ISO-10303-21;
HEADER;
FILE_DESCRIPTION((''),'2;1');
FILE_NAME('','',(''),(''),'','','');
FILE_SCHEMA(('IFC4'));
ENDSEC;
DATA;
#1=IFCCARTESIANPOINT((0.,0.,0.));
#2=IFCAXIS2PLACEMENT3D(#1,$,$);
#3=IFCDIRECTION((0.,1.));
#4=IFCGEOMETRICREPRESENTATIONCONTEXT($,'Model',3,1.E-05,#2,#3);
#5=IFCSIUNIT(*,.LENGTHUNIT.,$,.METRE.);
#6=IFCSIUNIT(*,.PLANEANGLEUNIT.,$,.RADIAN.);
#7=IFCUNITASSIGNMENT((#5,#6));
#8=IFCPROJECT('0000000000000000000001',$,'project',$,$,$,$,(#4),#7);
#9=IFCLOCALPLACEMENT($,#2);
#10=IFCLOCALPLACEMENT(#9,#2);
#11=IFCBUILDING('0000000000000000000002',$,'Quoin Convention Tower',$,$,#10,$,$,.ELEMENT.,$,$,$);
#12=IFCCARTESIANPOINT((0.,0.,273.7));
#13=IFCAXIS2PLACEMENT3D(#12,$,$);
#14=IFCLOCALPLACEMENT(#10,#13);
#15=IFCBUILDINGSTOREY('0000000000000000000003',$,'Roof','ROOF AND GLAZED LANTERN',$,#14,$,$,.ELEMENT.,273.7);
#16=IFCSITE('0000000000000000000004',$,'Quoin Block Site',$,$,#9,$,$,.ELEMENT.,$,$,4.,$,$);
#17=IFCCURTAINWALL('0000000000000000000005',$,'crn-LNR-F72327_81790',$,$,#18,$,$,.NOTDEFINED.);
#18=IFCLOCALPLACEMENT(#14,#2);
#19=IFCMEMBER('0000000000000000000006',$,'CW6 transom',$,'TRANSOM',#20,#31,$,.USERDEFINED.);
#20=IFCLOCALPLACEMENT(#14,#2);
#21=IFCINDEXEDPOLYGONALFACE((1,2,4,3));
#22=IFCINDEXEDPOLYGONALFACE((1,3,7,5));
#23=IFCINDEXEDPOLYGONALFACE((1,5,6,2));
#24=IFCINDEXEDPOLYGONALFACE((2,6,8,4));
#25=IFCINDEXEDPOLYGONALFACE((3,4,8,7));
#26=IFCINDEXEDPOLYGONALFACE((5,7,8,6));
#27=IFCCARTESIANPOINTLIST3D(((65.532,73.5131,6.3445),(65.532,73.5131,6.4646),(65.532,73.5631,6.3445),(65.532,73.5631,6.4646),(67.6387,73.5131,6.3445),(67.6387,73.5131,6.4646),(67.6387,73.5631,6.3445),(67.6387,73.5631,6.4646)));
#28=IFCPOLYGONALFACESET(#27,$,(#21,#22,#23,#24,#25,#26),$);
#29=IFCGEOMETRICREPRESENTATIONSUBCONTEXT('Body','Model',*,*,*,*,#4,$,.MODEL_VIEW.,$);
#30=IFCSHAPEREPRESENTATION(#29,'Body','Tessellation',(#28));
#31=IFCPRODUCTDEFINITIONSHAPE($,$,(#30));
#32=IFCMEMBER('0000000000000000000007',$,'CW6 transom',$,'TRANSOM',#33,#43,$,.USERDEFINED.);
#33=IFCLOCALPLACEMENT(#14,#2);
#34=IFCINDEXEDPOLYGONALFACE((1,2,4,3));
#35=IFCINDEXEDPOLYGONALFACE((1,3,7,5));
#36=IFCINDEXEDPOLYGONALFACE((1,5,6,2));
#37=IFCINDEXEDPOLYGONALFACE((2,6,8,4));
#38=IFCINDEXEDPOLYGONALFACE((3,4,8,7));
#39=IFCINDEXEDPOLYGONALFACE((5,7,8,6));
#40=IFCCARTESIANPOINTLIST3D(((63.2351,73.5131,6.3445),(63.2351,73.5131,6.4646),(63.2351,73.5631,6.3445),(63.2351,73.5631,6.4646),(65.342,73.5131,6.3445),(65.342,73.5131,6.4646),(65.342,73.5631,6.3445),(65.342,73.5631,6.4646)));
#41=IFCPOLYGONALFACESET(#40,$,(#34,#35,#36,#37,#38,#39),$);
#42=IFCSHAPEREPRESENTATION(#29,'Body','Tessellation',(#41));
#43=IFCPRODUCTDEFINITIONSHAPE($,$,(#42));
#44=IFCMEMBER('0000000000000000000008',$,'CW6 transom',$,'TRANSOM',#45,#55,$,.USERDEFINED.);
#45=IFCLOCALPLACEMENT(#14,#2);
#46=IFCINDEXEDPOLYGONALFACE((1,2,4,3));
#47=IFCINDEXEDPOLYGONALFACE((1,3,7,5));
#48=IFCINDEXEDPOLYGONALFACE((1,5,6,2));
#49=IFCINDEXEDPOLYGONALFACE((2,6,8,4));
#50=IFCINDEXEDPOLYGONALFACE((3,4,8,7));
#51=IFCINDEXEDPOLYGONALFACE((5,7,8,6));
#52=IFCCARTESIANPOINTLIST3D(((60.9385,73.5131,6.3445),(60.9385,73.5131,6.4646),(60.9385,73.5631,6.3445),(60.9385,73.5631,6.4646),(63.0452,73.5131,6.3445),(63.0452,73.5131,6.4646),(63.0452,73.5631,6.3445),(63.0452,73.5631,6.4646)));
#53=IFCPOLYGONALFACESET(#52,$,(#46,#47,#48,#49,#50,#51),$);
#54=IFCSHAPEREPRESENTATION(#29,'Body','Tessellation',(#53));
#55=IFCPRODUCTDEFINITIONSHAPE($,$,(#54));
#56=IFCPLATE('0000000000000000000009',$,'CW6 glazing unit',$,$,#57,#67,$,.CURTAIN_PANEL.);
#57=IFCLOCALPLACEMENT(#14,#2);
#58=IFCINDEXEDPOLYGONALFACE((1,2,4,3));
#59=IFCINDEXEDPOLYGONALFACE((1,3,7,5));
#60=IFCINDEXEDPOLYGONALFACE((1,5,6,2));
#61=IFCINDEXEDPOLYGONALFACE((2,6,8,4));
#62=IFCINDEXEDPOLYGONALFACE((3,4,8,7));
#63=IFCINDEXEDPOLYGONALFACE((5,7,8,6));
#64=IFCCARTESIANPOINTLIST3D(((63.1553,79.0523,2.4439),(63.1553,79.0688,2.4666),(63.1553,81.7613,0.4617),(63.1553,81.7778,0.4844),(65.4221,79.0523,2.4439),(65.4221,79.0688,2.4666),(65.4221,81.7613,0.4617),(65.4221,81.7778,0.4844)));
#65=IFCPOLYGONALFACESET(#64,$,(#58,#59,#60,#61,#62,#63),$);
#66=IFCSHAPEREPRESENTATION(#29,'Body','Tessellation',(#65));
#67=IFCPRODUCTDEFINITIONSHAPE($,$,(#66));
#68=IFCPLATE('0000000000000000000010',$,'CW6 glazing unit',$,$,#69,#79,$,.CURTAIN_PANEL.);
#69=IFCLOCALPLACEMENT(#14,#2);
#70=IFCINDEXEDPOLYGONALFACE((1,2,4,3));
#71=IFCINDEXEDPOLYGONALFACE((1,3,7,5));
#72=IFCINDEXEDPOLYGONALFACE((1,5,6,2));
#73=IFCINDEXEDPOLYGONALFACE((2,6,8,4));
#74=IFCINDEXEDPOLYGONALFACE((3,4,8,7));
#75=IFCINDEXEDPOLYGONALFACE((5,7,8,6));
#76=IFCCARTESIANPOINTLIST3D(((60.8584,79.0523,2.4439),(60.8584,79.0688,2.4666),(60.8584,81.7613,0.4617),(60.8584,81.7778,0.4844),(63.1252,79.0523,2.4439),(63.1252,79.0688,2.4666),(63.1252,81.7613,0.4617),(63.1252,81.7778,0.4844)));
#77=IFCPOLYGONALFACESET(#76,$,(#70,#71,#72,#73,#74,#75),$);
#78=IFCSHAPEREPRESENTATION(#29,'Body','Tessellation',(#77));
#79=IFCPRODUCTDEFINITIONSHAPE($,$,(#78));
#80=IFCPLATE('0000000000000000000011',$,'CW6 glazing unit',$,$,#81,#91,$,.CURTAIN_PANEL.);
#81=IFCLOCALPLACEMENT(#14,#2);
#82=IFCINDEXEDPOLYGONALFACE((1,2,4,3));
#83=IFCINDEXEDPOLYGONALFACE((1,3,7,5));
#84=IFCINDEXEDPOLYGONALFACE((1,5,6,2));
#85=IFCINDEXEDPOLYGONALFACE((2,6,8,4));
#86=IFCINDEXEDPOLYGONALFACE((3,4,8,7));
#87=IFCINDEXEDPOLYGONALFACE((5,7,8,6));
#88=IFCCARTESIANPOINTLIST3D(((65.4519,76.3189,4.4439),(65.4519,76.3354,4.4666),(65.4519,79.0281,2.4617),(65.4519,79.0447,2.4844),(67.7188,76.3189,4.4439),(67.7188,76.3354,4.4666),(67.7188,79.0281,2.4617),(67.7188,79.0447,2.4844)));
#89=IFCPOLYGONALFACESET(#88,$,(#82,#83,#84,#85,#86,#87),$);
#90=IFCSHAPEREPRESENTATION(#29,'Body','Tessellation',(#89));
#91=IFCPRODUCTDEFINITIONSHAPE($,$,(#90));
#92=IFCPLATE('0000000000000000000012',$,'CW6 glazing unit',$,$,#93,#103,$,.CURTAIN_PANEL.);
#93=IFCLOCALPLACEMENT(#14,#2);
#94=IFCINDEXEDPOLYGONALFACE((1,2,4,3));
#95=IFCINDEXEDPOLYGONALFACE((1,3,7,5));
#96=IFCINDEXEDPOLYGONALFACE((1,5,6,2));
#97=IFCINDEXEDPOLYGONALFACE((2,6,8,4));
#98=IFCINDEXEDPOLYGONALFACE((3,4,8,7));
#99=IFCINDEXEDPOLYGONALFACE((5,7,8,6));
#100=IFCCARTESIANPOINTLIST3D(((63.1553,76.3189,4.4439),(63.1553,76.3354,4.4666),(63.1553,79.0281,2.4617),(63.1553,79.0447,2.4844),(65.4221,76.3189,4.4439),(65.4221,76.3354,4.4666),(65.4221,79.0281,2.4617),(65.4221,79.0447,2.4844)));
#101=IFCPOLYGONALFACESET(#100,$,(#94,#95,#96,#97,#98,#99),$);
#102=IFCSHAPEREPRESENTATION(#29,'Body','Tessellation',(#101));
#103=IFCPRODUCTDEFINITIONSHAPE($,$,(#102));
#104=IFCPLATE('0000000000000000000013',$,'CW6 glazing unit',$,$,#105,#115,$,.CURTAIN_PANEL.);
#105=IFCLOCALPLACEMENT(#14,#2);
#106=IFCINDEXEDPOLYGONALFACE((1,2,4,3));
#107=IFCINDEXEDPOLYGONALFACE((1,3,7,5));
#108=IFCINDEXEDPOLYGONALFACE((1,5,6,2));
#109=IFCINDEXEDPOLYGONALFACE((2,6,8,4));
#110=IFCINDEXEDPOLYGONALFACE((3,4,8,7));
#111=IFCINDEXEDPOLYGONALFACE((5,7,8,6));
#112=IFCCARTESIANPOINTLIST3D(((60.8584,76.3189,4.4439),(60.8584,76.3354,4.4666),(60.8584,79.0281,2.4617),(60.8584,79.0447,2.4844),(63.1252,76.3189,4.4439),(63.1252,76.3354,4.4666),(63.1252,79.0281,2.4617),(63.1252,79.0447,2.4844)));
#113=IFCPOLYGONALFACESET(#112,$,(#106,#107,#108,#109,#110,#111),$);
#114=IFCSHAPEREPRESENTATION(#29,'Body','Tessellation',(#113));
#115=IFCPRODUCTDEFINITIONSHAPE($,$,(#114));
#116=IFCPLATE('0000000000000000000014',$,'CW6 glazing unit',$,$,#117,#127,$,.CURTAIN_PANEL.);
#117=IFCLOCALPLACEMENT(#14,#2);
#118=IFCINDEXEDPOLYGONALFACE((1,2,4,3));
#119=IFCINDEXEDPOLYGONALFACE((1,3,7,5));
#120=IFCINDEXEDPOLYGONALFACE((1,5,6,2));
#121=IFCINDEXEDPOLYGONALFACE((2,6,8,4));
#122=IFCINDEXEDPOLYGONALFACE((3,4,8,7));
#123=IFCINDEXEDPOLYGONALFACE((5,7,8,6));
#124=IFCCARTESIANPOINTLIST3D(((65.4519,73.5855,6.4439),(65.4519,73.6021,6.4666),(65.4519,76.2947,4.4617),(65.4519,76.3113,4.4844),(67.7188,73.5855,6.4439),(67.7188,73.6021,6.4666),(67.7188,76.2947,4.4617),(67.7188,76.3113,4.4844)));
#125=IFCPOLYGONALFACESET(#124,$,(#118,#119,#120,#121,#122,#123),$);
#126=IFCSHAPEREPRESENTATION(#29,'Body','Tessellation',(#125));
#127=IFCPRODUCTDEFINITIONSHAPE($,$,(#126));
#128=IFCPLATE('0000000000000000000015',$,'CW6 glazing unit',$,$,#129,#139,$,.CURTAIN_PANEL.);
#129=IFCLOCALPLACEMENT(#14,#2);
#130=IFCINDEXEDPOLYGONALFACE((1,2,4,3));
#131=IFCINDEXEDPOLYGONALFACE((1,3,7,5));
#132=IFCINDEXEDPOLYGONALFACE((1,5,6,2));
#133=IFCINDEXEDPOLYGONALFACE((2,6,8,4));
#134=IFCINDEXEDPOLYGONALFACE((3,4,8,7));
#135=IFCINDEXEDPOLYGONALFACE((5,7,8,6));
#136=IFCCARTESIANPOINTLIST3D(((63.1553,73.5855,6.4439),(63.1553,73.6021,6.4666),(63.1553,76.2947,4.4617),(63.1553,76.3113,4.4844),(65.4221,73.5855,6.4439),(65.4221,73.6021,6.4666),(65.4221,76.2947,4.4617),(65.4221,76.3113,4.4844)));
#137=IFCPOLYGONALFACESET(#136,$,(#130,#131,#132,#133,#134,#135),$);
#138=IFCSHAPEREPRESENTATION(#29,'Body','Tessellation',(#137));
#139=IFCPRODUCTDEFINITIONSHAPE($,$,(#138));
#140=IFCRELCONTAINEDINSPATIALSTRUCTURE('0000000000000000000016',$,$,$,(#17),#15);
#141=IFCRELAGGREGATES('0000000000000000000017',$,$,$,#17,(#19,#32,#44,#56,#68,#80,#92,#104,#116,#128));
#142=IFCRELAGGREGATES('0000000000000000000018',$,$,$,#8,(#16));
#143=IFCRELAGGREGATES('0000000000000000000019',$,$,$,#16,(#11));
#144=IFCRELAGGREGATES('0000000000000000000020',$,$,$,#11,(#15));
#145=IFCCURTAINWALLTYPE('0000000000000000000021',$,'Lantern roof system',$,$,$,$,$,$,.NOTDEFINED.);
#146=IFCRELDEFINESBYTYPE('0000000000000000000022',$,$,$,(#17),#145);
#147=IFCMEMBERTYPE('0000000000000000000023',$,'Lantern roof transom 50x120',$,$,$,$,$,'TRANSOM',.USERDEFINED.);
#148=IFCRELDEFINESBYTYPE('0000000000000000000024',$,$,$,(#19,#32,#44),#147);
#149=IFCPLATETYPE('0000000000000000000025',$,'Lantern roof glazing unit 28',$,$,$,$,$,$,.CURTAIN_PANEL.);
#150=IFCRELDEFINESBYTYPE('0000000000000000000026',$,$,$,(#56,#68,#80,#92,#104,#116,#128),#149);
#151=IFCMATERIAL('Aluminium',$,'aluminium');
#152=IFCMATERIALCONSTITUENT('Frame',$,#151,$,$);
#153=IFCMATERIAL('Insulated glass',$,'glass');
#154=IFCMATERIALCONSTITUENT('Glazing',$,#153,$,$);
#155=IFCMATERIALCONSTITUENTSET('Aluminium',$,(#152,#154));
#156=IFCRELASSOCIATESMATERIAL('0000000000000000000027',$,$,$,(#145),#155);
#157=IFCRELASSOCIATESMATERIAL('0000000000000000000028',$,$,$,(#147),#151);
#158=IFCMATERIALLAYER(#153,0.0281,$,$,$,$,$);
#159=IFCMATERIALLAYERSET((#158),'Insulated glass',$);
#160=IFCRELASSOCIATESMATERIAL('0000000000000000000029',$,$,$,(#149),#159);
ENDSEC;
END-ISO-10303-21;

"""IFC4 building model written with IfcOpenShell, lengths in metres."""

from ifc_helpers import new_model, si_unit, direction, frame, origin, origin_2d, place, context, subcontext, project, spatial, polyline, rectangle, outline, extrude, material, layer, layer_set, constituent, constituent_set, material_profile, profile_set, type_object, element, aggregate, save


model = new_model("IFC4")

# Units and contexts
model_context = context("Model", 3, precision=1e-05, world=origin(), true_north=direction((0.0, 1.0)))
body_context = subcontext(model_context, "Body", "Model", "MODEL_VIEW")
ifc_project = project(units=[si_unit("LENGTHUNIT", "METRE"), si_unit("PLANEANGLEUNIT", "RADIAN")], contexts=[model_context])

# Site, building, storey
site_placement = place(None, origin())
site = spatial("IfcSite", under=ifc_project, at=site_placement, Name="Quoin Block Site", CompositionType="ELEMENT", RefElevation=4.0)
building_placement = place(site_placement, origin())
building = spatial("IfcBuilding", under=site, at=building_placement, Name="Quoin Convention Tower", CompositionType="ELEMENT")
storey_placement = place(building_placement, frame((0.0, 0.0, 273.7)))
storey = spatial("IfcBuildingStorey", under=building, at=storey_placement, Name="Roof", Description="ROOF AND GLAZED LANTERN", CompositionType="ELEMENT", Elevation=273.7)

# Curtain wall
ifc_material_1 = material(Name="Aluminium", Category="aluminium")
ifc_constituent_1 = constituent(ifc_material_1, Name="Frame")
ifc_material_2 = material(Name="Insulated glass", Category="glass")
ifc_constituent_2 = constituent(ifc_material_2, Name="Glazing")
ifc_constituent_set = constituent_set(constituents=[ifc_constituent_1, ifc_constituent_2], Name="Aluminium")
curtain_wall_type = type_object("IfcCurtainWallType", Name="Lantern roof system", PredefinedType="NOTDEFINED", material=ifc_constituent_set)
curtain_wall_1_placement = place(storey_placement, origin())
curtain_wall_1 = element("IfcCurtainWall", 1, at=curtain_wall_1_placement, inside=storey, type_object=curtain_wall_type, Name="crn-LNR-F72327_81790", PredefinedType="NOTDEFINED")

# Members
ifc_material_profile_1 = material_profile(ifc_material_1, rectangle(XDim=0.1201, YDim=0.05, at=origin_2d()), Name="Lantern roof transom 50x120")
ifc_profile_set_1 = profile_set([ifc_material_profile_1], Name="Aluminium")
member_type_1 = type_object("IfcMemberType", Name="Lantern roof transom 50x120", ElementType="TRANSOM", PredefinedType="USERDEFINED", material=ifc_profile_set_1)
member_1_placement = place(storey_placement, frame((67.6387, 73.5381, 6.4045), z_axis=(-1.0, 0.0, 0.0), x_axis=(0.0, 0.0, 1.0)))
member_1 = element("IfcMember", 2, at=member_1_placement, type_object=member_type_1, Name="CW6 transom", ObjectType="TRANSOM", PredefinedType="USERDEFINED", context=body_context, shape_type="SweptSolid", body=[
    extrude(rectangle(XDim=0.1201, YDim=0.05, at=origin_2d()), origin(), (0.0, 0.0, 1.0), 2.1067),
])
member_2_placement = place(storey_placement, frame((65.342, 73.5381, 6.4045), z_axis=(-1.0, 0.0, 0.0), x_axis=(0.0, 0.0, 1.0)))
member_2 = element("IfcMember", 3, at=member_2_placement, type_object=member_type_1, Name="CW6 transom", ObjectType="TRANSOM", PredefinedType="USERDEFINED", context=body_context, shape_type="SweptSolid", body=[
    extrude(rectangle(XDim=0.1201, YDim=0.05, at=origin_2d()), origin(), (0.0, 0.0, 1.0), 2.1069),
])
member_3_placement = place(storey_placement, frame((63.0452, 73.5381, 6.4045), z_axis=(-1.0, 0.0, 0.0), x_axis=(0.0, 0.0, 1.0)))
member_3 = element("IfcMember", 4, at=member_3_placement, type_object=member_type_1, Name="CW6 transom", ObjectType="TRANSOM", PredefinedType="USERDEFINED", context=body_context, shape_type="SweptSolid", body=[
    extrude(rectangle(XDim=0.1201, YDim=0.05, at=origin_2d()), origin(), (0.0, 0.0, 1.0), 2.1067),
])

# Plates
ifc_layer = layer(ifc_material_2, 0.0281)
ifc_layer_set = layer_set([ifc_layer], Name="Insulated glass")
plate_type = type_object("IfcPlateType", Name="Lantern roof glazing unit 28", PredefinedType="CURTAIN_PANEL", material=ifc_layer_set)
plate_1_placement = place(storey_placement, frame((65.4221, 79.0688, 2.4666), z_axis=(0.0, 0.590509, 0.807031), x_axis=(-1.0, 0.0, 0.0)))
plate_1 = element("IfcPlate", 5, at=plate_1_placement, type_object=plate_type, Name="CW6 glazing unit", PredefinedType="CURTAIN_PANEL", context=body_context, shape_type="SweptSolid", body=[
    extrude(outline(polyline([(0.0, 0.0), (2.2668, 0.0), (2.2668, -3.3567), (0.0, -3.3567), (0.0, 0.0)])), origin(), (0.0, 0.0, -1.0), 0.0281),
])
plate_2_placement = place(storey_placement, frame((63.1252, 79.0688, 2.4666), z_axis=(0.0, 0.590509, 0.807031), x_axis=(-1.0, 0.0, 0.0)))
plate_2 = element("IfcPlate", 6, at=plate_2_placement, type_object=plate_type, Name="CW6 glazing unit", PredefinedType="CURTAIN_PANEL", context=body_context, shape_type="SweptSolid", body=[
    extrude(outline(polyline([(0.0, 0.0), (2.2668, 0.0), (2.2668, -3.3567), (0.0, -3.3567), (0.0, 0.0)])), origin(), (0.0, 0.0, -1.0), 0.0281),
])
plate_3_placement = place(storey_placement, frame((67.7188, 79.0447, 2.4844), z_axis=(0.0, 0.590474, 0.807057), x_axis=(0.0, -0.807057, 0.590474)))
plate_3 = element("IfcPlate", 7, at=plate_3_placement, type_object=plate_type, Name="CW6 glazing unit", PredefinedType="CURTAIN_PANEL", context=body_context, shape_type="SweptSolid", body=[
    extrude(outline(polyline([(0.0, 0.0), (3.3569, 0.0), (3.3569, -2.2668), (0.0, -2.2668), (0.0, 0.0)])), origin(), (0.0, 0.0, -1.0), 0.0281),
])
plate_4_placement = place(storey_placement, frame((65.4221, 79.0447, 2.4844), z_axis=(0.0, 0.590474, 0.807057), x_axis=(0.0, -0.807057, 0.590474)))
plate_4 = element("IfcPlate", 8, at=plate_4_placement, type_object=plate_type, Name="CW6 glazing unit", PredefinedType="CURTAIN_PANEL", context=body_context, shape_type="SweptSolid", body=[
    extrude(outline(polyline([(0.0, 0.0), (3.3569, 0.0), (3.3569, -2.2668), (0.0, -2.2668), (0.0, 0.0)])), origin(), (0.0, 0.0, -1.0), 0.0281),
])
plate_5_placement = place(storey_placement, frame((63.1252, 79.0447, 2.4844), z_axis=(0.0, 0.590474, 0.807057), x_axis=(0.0, -0.807057, 0.590474)))
plate_5 = element("IfcPlate", 9, at=plate_5_placement, type_object=plate_type, Name="CW6 glazing unit", PredefinedType="CURTAIN_PANEL", context=body_context, shape_type="SweptSolid", body=[
    extrude(outline(polyline([(0.0, 0.0), (3.3569, 0.0), (3.3569, -2.2668), (0.0, -2.2668), (0.0, 0.0)])), origin(), (0.0, 0.0, -1.0), 0.0281),
])
plate_6_placement = place(storey_placement, frame((65.4519, 76.3113, 4.4844), z_axis=(0.0, 0.590474, 0.807057), x_axis=(1.0, 0.0, 0.0)))
plate_6 = element("IfcPlate", 10, at=plate_6_placement, type_object=plate_type, Name="CW6 glazing unit", PredefinedType="CURTAIN_PANEL", context=body_context, shape_type="SweptSolid", body=[
    extrude(outline(polyline([(0.0, 0.0), (2.2668, 0.0), (2.2668, -3.3569), (0.0, -3.3569), (0.0, 0.0)])), origin(), (0.0, 0.0, -1.0), 0.0281),
])
plate_7_placement = place(storey_placement, frame((63.1553, 76.3113, 4.4844), z_axis=(0.0, 0.590474, 0.807057), x_axis=(1.0, 0.0, 0.0)))
plate_7 = element("IfcPlate", 11, at=plate_7_placement, type_object=plate_type, Name="CW6 glazing unit", PredefinedType="CURTAIN_PANEL", context=body_context, shape_type="SweptSolid", body=[
    extrude(outline(polyline([(0.0, 0.0), (2.2668, 0.0), (2.2668, -3.3569), (0.0, -3.3569), (0.0, 0.0)])), origin(), (0.0, 0.0, -1.0), 0.0281),
])
aggregate(curtain_wall_1, [member_1, member_2, member_3, plate_1, plate_2, plate_3, plate_4, plate_5, plate_6, plate_7])

save(model, "model.ifc")
